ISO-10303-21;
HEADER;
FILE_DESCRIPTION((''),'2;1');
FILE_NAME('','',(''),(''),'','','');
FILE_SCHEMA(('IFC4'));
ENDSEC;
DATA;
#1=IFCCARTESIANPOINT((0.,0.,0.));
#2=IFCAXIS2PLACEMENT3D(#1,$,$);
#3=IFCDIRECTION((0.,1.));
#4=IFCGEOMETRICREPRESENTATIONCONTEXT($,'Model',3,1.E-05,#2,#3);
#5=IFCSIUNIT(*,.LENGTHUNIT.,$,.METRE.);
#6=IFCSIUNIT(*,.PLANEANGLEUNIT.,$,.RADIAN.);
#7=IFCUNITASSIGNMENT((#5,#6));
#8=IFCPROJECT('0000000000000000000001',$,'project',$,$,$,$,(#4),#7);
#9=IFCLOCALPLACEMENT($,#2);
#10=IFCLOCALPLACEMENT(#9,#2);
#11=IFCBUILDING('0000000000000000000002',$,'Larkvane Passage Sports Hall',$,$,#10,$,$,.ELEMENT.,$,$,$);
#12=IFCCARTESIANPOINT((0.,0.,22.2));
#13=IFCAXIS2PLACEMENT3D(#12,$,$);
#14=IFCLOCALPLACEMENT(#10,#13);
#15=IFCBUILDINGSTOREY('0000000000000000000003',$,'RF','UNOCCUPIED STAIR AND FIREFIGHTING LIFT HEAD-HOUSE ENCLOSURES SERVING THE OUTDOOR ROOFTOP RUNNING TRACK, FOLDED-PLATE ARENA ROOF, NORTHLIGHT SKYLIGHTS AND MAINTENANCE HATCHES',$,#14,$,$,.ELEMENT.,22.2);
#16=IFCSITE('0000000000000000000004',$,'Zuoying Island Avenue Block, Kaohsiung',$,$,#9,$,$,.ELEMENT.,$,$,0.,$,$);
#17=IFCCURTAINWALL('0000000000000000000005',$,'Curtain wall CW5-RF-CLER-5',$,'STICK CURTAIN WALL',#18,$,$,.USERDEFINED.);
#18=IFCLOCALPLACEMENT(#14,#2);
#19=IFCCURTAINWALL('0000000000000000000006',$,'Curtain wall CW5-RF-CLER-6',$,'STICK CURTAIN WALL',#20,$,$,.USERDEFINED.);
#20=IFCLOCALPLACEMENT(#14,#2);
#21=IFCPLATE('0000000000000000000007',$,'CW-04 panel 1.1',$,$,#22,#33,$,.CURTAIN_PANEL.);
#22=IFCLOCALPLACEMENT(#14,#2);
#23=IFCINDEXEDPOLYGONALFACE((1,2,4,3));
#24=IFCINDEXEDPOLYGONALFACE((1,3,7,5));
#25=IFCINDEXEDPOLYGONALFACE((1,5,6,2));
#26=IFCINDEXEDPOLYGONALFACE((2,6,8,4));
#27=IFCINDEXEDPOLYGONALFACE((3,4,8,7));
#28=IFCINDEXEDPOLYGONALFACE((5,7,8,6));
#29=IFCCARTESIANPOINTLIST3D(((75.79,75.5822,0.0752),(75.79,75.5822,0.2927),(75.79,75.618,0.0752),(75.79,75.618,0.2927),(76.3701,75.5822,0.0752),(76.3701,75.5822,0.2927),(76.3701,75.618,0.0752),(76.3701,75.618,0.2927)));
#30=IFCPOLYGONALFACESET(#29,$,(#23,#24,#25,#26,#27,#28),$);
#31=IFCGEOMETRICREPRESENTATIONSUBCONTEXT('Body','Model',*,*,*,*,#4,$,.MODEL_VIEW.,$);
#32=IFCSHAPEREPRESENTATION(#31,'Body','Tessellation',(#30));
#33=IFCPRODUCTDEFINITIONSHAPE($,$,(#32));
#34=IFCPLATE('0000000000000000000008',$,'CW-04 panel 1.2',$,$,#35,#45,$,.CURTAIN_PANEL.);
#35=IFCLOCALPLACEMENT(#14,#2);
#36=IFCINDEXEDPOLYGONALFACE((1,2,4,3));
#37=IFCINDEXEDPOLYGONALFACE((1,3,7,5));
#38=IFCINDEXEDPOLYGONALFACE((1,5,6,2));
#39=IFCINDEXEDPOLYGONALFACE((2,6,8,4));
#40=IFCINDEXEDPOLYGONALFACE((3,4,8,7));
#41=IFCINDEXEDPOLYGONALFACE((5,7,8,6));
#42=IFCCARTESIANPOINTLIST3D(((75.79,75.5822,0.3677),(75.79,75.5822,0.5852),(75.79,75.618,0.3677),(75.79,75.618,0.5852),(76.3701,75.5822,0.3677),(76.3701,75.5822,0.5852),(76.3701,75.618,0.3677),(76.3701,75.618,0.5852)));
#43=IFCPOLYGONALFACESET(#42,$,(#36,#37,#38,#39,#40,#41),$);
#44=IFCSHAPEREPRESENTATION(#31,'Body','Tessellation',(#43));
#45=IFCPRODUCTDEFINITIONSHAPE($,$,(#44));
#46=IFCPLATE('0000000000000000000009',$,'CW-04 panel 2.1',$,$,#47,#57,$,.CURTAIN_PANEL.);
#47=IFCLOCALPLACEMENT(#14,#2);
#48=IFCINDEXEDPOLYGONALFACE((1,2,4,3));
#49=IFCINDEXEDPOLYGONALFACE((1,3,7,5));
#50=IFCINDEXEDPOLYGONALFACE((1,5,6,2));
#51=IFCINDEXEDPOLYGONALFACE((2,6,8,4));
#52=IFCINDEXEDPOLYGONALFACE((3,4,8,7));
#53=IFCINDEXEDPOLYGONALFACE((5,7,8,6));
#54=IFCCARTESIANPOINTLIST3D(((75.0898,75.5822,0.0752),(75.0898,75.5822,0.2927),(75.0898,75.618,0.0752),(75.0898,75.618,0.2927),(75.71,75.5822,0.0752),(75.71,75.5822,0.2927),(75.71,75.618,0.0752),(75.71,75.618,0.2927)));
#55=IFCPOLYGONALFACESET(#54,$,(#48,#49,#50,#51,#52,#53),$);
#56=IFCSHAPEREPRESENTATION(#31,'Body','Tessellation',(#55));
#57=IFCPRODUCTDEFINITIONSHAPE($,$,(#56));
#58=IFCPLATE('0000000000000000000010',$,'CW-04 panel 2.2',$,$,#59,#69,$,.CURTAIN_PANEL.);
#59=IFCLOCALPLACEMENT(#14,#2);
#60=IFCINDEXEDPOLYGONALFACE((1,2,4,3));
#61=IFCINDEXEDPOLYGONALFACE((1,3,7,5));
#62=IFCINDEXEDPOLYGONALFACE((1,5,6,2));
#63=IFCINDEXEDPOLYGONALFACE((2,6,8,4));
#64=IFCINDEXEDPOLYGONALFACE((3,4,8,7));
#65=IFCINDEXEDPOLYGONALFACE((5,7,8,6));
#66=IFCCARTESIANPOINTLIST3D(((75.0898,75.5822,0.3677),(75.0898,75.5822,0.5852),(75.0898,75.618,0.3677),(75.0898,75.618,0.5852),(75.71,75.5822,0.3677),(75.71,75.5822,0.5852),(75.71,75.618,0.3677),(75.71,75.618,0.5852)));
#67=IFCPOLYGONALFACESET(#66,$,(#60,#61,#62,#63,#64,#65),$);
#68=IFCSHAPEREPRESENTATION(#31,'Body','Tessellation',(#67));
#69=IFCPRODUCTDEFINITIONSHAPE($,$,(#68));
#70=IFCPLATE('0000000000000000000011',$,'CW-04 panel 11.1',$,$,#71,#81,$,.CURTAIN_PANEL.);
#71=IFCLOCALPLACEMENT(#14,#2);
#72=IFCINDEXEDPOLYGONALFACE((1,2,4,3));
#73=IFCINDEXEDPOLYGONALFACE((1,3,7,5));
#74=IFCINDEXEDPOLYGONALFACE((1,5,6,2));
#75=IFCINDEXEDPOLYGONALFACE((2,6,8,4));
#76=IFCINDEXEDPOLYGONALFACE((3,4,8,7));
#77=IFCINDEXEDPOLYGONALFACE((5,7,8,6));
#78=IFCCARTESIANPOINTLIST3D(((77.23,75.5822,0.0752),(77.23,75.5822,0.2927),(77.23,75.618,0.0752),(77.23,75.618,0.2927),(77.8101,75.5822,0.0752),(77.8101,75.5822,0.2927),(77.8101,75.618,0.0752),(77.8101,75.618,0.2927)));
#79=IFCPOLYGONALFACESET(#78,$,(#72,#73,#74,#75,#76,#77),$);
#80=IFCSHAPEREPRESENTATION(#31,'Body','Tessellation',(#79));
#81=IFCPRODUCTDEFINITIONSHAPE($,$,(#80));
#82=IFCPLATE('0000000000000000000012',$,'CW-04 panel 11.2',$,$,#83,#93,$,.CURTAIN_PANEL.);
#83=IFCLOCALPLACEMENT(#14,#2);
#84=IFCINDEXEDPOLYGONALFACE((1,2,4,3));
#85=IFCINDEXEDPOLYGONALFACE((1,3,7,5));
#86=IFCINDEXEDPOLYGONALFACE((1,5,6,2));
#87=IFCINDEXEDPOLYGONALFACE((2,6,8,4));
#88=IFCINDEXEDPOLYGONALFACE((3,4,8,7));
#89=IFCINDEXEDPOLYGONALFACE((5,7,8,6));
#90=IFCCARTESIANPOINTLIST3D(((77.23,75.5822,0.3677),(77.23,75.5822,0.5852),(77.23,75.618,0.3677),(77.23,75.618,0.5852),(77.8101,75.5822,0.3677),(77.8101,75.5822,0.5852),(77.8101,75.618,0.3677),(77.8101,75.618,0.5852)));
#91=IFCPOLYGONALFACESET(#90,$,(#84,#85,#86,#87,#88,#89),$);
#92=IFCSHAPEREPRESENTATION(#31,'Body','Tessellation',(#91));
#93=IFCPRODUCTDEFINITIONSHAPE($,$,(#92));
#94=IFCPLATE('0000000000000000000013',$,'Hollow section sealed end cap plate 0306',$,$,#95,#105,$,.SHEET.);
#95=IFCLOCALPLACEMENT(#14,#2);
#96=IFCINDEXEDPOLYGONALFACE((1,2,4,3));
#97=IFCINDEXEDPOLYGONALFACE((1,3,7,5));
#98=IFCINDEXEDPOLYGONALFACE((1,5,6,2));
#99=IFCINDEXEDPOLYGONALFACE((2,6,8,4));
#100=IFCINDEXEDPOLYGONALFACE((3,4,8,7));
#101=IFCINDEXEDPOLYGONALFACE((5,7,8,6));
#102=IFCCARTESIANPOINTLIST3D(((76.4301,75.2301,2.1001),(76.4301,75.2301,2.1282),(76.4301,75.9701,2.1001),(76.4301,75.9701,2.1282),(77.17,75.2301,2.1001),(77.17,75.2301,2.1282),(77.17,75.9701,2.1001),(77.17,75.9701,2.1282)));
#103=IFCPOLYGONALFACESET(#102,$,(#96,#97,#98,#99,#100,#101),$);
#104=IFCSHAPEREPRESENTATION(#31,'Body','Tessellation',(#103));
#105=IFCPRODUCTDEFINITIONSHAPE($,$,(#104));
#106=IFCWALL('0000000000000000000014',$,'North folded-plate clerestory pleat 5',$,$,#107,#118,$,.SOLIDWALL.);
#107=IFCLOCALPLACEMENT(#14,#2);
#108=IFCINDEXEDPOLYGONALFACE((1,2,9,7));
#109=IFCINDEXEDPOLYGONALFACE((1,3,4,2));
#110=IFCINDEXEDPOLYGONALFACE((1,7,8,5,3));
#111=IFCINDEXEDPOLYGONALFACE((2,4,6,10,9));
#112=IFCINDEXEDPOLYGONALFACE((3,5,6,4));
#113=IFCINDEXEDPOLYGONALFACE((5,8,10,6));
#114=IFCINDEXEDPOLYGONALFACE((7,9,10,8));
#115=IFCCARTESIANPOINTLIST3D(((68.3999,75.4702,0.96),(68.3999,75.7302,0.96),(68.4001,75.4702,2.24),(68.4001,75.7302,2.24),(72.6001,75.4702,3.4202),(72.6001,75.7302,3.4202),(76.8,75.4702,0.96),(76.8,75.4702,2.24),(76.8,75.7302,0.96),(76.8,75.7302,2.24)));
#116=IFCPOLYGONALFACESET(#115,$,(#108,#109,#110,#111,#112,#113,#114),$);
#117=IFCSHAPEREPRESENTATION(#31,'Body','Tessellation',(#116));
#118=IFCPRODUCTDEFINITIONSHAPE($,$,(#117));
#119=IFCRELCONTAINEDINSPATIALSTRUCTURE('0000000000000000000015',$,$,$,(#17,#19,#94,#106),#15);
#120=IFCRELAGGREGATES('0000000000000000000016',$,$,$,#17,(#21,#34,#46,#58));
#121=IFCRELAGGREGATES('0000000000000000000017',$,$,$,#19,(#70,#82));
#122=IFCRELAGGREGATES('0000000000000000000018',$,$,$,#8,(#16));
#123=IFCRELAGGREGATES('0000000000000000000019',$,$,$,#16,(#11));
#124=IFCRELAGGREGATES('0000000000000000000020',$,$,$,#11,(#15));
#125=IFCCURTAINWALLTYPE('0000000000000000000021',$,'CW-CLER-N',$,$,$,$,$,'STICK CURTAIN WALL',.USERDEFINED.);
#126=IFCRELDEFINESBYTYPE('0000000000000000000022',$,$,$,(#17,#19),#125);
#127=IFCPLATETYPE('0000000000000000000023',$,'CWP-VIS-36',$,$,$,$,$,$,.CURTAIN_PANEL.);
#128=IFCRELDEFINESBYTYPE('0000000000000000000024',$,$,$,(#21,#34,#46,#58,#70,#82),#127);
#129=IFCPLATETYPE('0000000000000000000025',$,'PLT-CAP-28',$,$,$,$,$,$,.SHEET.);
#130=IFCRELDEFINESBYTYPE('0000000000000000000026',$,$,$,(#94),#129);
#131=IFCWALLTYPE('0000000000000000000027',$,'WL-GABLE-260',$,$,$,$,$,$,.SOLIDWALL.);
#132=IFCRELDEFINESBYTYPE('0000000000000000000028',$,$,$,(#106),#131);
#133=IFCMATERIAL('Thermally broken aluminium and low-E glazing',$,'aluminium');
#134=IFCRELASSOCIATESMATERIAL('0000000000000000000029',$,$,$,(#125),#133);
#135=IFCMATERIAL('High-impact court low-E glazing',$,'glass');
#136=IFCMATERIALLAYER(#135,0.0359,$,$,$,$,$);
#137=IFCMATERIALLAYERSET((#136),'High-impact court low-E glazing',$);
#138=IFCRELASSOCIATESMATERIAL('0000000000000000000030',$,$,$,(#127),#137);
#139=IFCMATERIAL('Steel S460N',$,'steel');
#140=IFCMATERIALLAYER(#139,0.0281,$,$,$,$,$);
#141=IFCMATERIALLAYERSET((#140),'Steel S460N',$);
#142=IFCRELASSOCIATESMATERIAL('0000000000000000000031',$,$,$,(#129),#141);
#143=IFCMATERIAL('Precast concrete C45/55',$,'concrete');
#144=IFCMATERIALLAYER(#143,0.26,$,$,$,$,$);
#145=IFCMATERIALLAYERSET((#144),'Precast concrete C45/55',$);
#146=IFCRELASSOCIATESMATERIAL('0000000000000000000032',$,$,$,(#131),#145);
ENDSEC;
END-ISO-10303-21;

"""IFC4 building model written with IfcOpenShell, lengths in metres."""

from ifc_helpers import new_model, si_unit, direction, frame, origin, origin_2d, place, context, subcontext, project, spatial, polyline, rectangle, outline, extrude, material, layer, layer_set, type_object, element, aggregate, save


model = new_model("IFC4")

# Units and contexts
model_context = context("Model", 3, precision=1e-05, world=origin(), true_north=direction((0.0, 1.0)))
body_context = subcontext(model_context, "Body", "Model", "MODEL_VIEW")
ifc_project = project(units=[si_unit("LENGTHUNIT", "METRE"), si_unit("PLANEANGLEUNIT", "RADIAN")], contexts=[model_context])

# Site, building, storey
site_placement = place(None, origin())
site = spatial("IfcSite", under=ifc_project, at=site_placement, Name="Zuoying Island Avenue Block, Kaohsiung", CompositionType="ELEMENT", RefElevation=0.0)
building_placement = place(site_placement, origin())
building = spatial("IfcBuilding", under=site, at=building_placement, Name="Larkvane Passage Sports Hall", CompositionType="ELEMENT")
storey_placement = place(building_placement, frame((0.0, 0.0, 22.2)))
storey = spatial("IfcBuildingStorey", under=building, at=storey_placement, Name="RF", Description="UNOCCUPIED STAIR AND FIREFIGHTING LIFT HEAD-HOUSE ENCLOSURES SERVING THE OUTDOOR ROOFTOP RUNNING TRACK, FOLDED-PLATE ARENA ROOF, NORTHLIGHT SKYLIGHTS AND MAINTENANCE HATCHES", CompositionType="ELEMENT", Elevation=22.2)

# Shared definitions
ifc_material_1 = material(Name="Steel S460N", Category="steel")

# Curtain wall
ifc_material_2 = material(Name="Thermally broken aluminium and low-E glazing", Category="aluminium")
curtain_wall_type = type_object("IfcCurtainWallType", Name="CW-CLER-N", ElementType="STICK CURTAIN WALL", PredefinedType="USERDEFINED", material=ifc_material_2)
curtain_wall_1_placement = place(storey_placement, origin())
curtain_wall_1 = element("IfcCurtainWall", 1, at=curtain_wall_1_placement, inside=storey, type_object=curtain_wall_type, Name="Curtain wall CW5-RF-CLER-5", ObjectType="STICK CURTAIN WALL", PredefinedType="USERDEFINED")

# Curtain wall
curtain_wall_2_placement = place(storey_placement, origin())
curtain_wall_2 = element("IfcCurtainWall", 2, at=curtain_wall_2_placement, inside=storey, type_object=curtain_wall_type, Name="Curtain wall CW5-RF-CLER-6", ObjectType="STICK CURTAIN WALL", PredefinedType="USERDEFINED")

# Plates
ifc_material_3 = material(Name="High-impact court low-E glazing", Category="glass")
ifc_layer_1 = layer(ifc_material_3, 0.0359)
ifc_layer_set_1 = layer_set([ifc_layer_1], Name="High-impact court low-E glazing")
plate_type_1 = type_object("IfcPlateType", Name="CWP-VIS-36", PredefinedType="CURTAIN_PANEL", material=ifc_layer_set_1)
plate_1_placement = place(storey_placement, frame((76.0801, 75.6001, 0.0752), z_axis=(0.0, 0.0, 1.0), x_axis=(-1.0, 0.0, 0.0)))
plate_1 = element("IfcPlate", 3, at=plate_1_placement, type_object=plate_type_1, Name="CW-04 panel 1.1", PredefinedType="CURTAIN_PANEL", context=body_context, shape_type="SweptSolid", body=[
    extrude(rectangle(XDim=0.5801, YDim=0.0359, at=origin_2d()), origin(), (0.0, 0.0, 1.0), 0.2175),
])
plate_2_placement = place(storey_placement, frame((76.0801, 75.6001, 0.3677), z_axis=(0.0, 0.0, 1.0), x_axis=(-1.0, 0.0, 0.0)))
plate_2 = element("IfcPlate", 4, at=plate_2_placement, type_object=plate_type_1, Name="CW-04 panel 1.2", PredefinedType="CURTAIN_PANEL", context=body_context, shape_type="SweptSolid", body=[
    extrude(rectangle(XDim=0.5801, YDim=0.0359, at=origin_2d()), origin(), (0.0, 0.0, 1.0), 0.2175),
])
plate_3_placement = place(storey_placement, frame((75.3999, 75.6001, 0.0752), z_axis=(0.0, 0.0, 1.0), x_axis=(-1.0, 0.0, 0.0)))
plate_3 = element("IfcPlate", 5, at=plate_3_placement, type_object=plate_type_1, Name="CW-04 panel 2.1", PredefinedType="CURTAIN_PANEL", context=body_context, shape_type="SweptSolid", body=[
    extrude(rectangle(XDim=0.6201, YDim=0.0359, at=origin_2d()), origin(), (0.0, 0.0, 1.0), 0.2175),
])
plate_4_placement = place(storey_placement, frame((75.3999, 75.6001, 0.3677), z_axis=(0.0, 0.0, 1.0), x_axis=(-1.0, 0.0, 0.0)))
plate_4 = element("IfcPlate", 6, at=plate_4_placement, type_object=plate_type_1, Name="CW-04 panel 2.2", PredefinedType="CURTAIN_PANEL", context=body_context, shape_type="SweptSolid", body=[
    extrude(rectangle(XDim=0.6201, YDim=0.0359, at=origin_2d()), origin(), (0.0, 0.0, 1.0), 0.2175),
])
aggregate(curtain_wall_1, [plate_1, plate_2, plate_3, plate_4])
plate_5_placement = place(storey_placement, frame((77.52, 75.6001, 0.0752), z_axis=(0.0, 0.0, 1.0), x_axis=(-1.0, 0.0, 0.0)))
plate_5 = element("IfcPlate", 7, at=plate_5_placement, type_object=plate_type_1, Name="CW-04 panel 11.1", PredefinedType="CURTAIN_PANEL", context=body_context, shape_type="SweptSolid", body=[
    extrude(rectangle(XDim=0.5801, YDim=0.0359, at=origin_2d()), origin(), (0.0, 0.0, 1.0), 0.2175),
])
plate_6_placement = place(storey_placement, frame((77.52, 75.6001, 0.3677), z_axis=(0.0, 0.0, 1.0), x_axis=(-1.0, 0.0, 0.0)))
plate_6 = element("IfcPlate", 8, at=plate_6_placement, type_object=plate_type_1, Name="CW-04 panel 11.2", PredefinedType="CURTAIN_PANEL", context=body_context, shape_type="SweptSolid", body=[
    extrude(rectangle(XDim=0.5801, YDim=0.0359, at=origin_2d()), origin(), (0.0, 0.0, 1.0), 0.2175),
])
aggregate(curtain_wall_2, [plate_5, plate_6])
ifc_layer_2 = layer(ifc_material_1, 0.0281)
ifc_layer_set_2 = layer_set([ifc_layer_2], Name="Steel S460N")
plate_type_2 = type_object("IfcPlateType", Name="PLT-CAP-28", PredefinedType="SHEET", material=ifc_layer_set_2)
plate_7_placement = place(storey_placement, frame((76.8, 75.6001, 2.1001), z_axis=(0.0, 0.0, 1.0), x_axis=(1.0, 0.0, 0.0)))
element("IfcPlate", 9, at=plate_7_placement, inside=storey, type_object=plate_type_2, Name="Hollow section sealed end cap plate 0306", PredefinedType="SHEET", context=body_context, shape_type="SweptSolid", body=[
    extrude(rectangle(XDim=0.74, YDim=0.74, at=origin_2d()), origin(), (0.0, 0.0, 1.0), 0.0281),
])

# Wall
ifc_material_4 = material(Name="Precast concrete C45/55", Category="concrete")
ifc_layer_3 = layer(ifc_material_4, 0.26)
ifc_layer_set_3 = layer_set([ifc_layer_3], Name="Precast concrete C45/55")
wall_type = type_object("IfcWallType", Name="WL-GABLE-260", PredefinedType="SOLIDWALL", material=ifc_layer_set_3)
wall_placement = place(storey_placement, frame((76.8, 75.6001, 0.96), z_axis=(0.0, 0.0, 1.0), x_axis=(-1.0, 0.0, 0.0)))
element("IfcWall", 10, at=wall_placement, inside=storey, type_object=wall_type, Name="North folded-plate clerestory pleat 5", PredefinedType="SOLIDWALL", context=body_context, shape_type="SweptSolid", body=[
    extrude(outline(polyline([(0.0, 0.0), (8.4001, 0.0), (8.3999, 1.28), (4.2, 2.4602), (0.0, 1.28), (0.0, 0.0)])), frame((0.0, 0.1299, 0.0), z_axis=(0.0, -1.0, 0.0), x_axis=(1.0, 0.0, 0.0)), (0.0, 0.0, 1.0), 0.26),
])

save(model, "model.ifc")
